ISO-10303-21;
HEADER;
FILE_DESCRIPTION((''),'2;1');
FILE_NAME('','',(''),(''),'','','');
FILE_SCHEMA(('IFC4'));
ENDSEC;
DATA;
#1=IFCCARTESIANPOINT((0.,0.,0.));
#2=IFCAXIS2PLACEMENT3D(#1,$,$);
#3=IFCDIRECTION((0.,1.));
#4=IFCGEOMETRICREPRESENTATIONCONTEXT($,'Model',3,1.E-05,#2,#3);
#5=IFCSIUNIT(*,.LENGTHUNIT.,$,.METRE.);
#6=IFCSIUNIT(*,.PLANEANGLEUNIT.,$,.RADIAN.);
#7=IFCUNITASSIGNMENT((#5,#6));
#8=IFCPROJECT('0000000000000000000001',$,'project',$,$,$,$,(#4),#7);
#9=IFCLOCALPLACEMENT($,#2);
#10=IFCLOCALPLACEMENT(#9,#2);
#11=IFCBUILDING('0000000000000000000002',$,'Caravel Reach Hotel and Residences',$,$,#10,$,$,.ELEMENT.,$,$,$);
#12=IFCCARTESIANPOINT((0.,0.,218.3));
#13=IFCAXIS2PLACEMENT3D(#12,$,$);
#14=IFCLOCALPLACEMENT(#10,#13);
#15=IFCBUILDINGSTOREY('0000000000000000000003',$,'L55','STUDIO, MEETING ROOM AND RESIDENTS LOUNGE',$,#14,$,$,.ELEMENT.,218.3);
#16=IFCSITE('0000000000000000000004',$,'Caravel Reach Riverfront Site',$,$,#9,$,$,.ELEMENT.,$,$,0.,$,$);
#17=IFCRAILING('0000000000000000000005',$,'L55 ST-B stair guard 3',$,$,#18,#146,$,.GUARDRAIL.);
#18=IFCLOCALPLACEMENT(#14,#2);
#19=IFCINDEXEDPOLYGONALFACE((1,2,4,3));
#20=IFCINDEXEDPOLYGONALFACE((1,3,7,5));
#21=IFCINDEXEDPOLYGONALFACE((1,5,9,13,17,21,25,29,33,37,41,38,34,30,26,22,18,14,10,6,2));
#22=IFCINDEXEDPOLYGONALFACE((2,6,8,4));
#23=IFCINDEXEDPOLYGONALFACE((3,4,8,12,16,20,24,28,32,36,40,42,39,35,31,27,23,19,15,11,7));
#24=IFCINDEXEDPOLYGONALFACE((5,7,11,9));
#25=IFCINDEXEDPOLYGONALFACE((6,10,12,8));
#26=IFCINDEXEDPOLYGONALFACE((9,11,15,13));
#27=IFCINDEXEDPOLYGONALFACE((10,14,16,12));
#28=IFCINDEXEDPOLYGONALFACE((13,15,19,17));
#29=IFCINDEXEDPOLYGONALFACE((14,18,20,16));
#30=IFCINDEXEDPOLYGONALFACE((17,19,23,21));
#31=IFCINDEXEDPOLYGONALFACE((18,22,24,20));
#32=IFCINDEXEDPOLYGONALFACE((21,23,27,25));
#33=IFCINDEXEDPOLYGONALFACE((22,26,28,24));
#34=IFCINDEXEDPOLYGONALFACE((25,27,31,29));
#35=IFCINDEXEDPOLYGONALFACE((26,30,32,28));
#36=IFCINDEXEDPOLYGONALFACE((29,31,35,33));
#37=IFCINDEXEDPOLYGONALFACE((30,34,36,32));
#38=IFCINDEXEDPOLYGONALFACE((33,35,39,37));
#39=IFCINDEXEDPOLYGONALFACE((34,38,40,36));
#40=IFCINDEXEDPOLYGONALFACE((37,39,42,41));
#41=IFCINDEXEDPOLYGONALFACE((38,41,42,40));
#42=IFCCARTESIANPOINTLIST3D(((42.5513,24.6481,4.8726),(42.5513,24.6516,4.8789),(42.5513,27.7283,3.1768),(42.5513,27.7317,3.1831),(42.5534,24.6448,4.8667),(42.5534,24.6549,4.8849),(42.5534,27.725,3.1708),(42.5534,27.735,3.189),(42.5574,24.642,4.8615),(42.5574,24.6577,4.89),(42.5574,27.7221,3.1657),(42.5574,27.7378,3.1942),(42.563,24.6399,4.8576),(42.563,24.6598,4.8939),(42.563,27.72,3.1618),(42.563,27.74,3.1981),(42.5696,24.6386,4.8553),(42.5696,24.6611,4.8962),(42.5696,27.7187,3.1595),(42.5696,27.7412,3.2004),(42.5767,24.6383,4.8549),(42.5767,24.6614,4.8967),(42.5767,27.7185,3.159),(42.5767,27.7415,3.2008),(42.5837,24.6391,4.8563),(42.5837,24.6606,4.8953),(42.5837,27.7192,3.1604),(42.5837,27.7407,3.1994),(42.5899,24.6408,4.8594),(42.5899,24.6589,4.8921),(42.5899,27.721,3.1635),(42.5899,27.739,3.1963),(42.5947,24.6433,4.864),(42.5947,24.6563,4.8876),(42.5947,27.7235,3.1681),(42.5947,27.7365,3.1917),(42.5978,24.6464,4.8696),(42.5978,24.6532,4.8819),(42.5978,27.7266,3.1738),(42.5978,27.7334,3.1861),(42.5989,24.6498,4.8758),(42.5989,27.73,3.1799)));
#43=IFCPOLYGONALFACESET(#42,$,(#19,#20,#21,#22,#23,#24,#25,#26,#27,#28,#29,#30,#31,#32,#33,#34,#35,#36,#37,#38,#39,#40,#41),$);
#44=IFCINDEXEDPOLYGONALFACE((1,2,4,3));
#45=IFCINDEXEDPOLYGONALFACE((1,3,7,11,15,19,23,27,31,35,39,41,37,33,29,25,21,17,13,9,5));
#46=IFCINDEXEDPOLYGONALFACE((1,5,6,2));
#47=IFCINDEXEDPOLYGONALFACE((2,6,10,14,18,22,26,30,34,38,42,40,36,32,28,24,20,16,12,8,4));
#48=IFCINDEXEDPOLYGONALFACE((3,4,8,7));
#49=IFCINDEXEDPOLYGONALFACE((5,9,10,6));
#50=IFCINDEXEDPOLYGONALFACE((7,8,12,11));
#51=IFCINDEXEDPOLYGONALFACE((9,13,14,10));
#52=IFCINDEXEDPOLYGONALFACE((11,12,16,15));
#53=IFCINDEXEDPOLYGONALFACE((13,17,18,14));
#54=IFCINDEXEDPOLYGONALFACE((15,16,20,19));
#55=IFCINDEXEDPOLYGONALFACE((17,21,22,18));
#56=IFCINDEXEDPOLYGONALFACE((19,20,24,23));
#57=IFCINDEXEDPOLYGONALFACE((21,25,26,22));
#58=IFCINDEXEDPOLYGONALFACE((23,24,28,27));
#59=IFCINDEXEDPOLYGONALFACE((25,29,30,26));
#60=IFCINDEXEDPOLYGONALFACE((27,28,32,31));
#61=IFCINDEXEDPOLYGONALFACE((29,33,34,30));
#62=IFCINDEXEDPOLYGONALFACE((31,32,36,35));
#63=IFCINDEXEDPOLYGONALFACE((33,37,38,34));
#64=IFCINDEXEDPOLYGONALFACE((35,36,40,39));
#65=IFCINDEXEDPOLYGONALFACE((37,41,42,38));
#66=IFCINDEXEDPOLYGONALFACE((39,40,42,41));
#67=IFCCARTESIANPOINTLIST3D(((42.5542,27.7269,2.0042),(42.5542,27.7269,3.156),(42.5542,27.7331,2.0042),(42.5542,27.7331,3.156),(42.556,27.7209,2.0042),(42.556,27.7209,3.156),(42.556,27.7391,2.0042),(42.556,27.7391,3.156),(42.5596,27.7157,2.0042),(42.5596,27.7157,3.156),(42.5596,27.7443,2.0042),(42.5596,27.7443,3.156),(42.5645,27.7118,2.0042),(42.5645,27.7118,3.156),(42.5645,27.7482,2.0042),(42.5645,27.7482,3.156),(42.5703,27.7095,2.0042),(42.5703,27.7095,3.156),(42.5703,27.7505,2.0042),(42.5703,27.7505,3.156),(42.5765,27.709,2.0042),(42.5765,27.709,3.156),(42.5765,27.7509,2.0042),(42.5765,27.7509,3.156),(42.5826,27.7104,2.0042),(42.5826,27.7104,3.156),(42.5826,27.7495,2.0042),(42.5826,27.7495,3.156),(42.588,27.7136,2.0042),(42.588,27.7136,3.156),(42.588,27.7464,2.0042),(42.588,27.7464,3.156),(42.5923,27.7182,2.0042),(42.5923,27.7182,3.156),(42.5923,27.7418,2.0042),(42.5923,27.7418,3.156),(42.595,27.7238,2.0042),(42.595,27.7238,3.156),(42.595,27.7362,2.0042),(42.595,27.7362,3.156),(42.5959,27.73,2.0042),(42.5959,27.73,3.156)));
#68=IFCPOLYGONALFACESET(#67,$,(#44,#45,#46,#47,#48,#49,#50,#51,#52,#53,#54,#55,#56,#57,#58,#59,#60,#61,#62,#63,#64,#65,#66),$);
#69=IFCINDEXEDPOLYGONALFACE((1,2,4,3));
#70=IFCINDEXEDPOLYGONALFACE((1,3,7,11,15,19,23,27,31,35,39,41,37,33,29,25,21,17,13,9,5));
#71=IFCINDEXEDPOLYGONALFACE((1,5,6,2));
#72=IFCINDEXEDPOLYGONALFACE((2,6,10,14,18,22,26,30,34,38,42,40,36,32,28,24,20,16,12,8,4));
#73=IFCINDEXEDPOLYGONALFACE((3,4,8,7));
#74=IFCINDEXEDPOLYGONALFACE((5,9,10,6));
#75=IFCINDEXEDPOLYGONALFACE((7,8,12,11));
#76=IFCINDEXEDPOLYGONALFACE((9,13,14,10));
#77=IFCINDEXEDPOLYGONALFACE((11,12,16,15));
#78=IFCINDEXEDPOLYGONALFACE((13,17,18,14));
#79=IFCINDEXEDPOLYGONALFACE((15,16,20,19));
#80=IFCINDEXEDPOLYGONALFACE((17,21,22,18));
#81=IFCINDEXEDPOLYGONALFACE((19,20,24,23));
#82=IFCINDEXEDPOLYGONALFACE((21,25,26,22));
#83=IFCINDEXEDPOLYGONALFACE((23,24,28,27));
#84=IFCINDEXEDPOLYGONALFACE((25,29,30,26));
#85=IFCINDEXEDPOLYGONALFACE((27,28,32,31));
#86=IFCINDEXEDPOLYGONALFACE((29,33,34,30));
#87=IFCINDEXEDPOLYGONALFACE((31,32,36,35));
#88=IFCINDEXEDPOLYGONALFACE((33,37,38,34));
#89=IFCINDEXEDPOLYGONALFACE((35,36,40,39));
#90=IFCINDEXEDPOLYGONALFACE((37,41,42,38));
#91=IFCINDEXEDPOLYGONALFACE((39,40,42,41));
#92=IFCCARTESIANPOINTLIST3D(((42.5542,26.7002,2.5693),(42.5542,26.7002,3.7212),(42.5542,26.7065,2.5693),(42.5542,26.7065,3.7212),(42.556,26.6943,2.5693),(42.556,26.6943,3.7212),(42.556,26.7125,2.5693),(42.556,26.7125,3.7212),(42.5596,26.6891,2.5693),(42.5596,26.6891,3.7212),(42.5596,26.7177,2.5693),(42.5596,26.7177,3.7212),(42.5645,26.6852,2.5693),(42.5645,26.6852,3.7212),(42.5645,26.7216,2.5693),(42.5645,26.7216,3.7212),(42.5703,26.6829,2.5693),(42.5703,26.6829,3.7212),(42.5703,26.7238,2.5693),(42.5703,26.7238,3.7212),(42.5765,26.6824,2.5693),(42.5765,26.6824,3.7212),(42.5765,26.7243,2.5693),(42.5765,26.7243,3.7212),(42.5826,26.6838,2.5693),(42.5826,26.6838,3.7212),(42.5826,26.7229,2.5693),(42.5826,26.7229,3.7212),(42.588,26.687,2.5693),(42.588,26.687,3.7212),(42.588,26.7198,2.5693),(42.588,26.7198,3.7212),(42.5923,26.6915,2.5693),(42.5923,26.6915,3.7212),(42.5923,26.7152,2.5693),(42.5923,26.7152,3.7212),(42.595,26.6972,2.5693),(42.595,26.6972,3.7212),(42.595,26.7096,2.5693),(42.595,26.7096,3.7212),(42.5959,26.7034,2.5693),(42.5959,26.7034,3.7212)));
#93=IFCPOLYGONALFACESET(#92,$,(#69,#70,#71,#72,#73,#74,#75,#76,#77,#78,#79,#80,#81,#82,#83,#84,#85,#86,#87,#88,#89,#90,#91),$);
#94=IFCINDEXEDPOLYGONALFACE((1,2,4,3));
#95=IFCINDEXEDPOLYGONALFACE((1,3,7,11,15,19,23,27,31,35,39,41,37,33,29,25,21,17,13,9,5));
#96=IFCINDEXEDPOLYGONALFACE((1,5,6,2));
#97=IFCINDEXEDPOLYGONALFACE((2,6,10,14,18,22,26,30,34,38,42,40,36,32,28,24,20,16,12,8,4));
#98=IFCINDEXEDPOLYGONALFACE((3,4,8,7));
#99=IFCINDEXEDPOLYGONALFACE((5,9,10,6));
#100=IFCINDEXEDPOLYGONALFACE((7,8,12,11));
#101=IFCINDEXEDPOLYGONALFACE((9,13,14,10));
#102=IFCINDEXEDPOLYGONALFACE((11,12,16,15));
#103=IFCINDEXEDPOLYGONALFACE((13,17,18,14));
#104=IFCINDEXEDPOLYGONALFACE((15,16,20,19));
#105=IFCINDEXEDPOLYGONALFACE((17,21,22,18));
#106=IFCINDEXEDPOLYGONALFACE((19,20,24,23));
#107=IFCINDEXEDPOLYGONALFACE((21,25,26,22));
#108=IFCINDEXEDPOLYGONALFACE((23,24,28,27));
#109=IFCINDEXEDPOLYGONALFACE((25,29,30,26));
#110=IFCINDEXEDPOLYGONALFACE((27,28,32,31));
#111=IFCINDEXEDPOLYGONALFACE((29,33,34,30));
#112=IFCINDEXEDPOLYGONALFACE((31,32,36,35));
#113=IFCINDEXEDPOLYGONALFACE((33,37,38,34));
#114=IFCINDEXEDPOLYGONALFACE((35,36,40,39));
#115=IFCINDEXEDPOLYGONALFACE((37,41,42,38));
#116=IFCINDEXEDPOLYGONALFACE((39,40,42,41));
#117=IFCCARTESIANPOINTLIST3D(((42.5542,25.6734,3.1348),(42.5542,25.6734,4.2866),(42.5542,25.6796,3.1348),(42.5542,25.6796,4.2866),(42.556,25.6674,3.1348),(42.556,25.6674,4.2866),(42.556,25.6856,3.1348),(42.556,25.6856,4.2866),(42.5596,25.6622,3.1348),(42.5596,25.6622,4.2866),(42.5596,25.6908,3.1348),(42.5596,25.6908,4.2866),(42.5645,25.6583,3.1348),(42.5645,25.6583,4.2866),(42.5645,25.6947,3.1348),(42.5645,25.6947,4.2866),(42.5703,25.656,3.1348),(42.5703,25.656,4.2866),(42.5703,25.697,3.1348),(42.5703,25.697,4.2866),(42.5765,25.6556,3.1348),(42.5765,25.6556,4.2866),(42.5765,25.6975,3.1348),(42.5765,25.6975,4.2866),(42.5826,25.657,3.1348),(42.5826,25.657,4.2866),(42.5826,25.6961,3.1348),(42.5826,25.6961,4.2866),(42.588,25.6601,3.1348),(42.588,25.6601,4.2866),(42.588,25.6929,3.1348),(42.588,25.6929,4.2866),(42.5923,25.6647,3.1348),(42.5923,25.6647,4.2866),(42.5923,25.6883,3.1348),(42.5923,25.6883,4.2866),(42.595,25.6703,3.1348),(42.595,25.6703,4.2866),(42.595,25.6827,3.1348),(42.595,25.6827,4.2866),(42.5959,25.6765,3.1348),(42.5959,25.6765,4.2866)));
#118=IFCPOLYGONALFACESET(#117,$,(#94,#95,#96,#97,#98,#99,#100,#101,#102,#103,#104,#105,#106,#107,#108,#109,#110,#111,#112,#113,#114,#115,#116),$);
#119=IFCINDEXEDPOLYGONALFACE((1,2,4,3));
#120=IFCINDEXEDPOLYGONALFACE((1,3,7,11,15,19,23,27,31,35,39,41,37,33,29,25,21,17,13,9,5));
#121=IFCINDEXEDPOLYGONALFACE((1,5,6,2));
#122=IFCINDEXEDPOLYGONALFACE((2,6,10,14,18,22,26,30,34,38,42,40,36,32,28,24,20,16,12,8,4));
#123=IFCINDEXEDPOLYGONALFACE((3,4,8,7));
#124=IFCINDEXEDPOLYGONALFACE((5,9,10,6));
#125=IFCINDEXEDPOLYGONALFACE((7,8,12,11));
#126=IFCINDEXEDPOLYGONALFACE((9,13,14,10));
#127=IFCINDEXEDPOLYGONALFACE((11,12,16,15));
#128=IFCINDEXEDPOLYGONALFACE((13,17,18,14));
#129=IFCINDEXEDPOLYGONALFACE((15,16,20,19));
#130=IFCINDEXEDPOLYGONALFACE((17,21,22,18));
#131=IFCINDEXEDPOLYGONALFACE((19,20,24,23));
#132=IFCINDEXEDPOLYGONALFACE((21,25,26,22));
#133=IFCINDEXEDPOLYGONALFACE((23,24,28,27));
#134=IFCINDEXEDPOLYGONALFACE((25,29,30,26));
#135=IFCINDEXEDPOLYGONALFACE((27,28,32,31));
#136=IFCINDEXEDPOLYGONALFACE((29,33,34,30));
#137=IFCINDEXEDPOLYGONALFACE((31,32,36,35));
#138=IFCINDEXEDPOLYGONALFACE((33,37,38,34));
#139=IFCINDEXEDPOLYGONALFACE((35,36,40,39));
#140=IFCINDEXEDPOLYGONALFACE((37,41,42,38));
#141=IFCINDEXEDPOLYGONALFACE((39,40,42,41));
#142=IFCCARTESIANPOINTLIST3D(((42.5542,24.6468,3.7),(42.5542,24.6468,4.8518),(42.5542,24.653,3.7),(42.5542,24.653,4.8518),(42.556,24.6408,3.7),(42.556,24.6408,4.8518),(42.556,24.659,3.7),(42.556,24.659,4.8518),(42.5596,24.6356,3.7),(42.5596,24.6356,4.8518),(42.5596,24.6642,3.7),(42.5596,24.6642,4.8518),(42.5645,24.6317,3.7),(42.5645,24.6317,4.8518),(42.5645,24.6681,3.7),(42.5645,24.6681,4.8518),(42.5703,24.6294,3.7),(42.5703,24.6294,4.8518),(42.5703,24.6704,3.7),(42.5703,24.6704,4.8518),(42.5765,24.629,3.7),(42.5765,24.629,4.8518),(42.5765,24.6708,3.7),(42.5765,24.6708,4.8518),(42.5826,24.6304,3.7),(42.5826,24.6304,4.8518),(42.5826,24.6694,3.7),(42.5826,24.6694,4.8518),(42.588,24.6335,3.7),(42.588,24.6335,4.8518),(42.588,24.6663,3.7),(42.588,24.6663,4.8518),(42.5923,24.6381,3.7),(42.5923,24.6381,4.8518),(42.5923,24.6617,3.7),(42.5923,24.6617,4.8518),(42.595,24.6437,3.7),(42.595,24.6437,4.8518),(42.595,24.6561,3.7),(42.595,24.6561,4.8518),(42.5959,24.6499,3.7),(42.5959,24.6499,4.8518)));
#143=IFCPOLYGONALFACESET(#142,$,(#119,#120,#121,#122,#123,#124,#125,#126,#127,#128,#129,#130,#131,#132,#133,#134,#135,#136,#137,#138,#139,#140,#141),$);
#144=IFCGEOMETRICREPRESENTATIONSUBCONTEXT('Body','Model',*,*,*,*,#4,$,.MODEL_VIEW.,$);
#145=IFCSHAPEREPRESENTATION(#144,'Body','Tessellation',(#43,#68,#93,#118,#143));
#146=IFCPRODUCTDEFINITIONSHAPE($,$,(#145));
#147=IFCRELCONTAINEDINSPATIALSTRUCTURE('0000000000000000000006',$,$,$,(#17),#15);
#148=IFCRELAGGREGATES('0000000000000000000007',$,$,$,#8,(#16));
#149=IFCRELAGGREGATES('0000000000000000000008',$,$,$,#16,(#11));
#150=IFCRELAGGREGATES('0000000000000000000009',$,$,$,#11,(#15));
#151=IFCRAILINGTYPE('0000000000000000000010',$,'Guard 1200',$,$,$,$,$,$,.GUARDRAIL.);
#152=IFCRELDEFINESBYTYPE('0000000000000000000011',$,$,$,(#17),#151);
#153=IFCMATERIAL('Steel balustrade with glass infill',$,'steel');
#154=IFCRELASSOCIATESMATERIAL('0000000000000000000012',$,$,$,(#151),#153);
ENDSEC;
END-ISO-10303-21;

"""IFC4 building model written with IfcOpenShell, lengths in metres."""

from ifc_helpers import new_model, si_unit, direction, frame, origin, origin_2d, place, context, subcontext, project, spatial, circle, extrude, material, type_object, element, save


model = new_model("IFC4")

# Units and contexts
model_context = context("Model", 3, precision=1e-05, world=origin(), true_north=direction((0.0, 1.0)))
body_context = subcontext(model_context, "Body", "Model", "MODEL_VIEW")
ifc_project = project(units=[si_unit("LENGTHUNIT", "METRE"), si_unit("PLANEANGLEUNIT", "RADIAN")], contexts=[model_context])

# Site, building, storey
site_placement = place(None, origin())
site = spatial("IfcSite", under=ifc_project, at=site_placement, Name="Caravel Reach Riverfront Site", CompositionType="ELEMENT", RefElevation=0.0)
building_placement = place(site_placement, origin())
building = spatial("IfcBuilding", under=site, at=building_placement, Name="Caravel Reach Hotel and Residences", CompositionType="ELEMENT")
storey_placement = place(building_placement, frame((0.0, 0.0, 218.3)))
storey = spatial("IfcBuildingStorey", under=building, at=storey_placement, Name="L55", Description="STUDIO, MEETING ROOM AND RESIDENTS LOUNGE", CompositionType="ELEMENT", Elevation=218.3)

# Railing
ifc_material_1 = material(Name="Steel balustrade with glass infill", Category="steel")
railing_type_1 = type_object("IfcRailingType", Name="Guard 1200", PredefinedType="GUARDRAIL", material=ifc_material_1)
railing_1_placement = place(storey_placement, frame((42.575, 27.73, 2.0042)))
element("IfcRailing", 1, at=railing_1_placement, inside=storey, type_object=railing_type_1, Name="L55 ST-B stair guard 3", PredefinedType="GUARDRAIL", context=body_context, shape_type="SweptSolid", body=[
    extrude(circle(Radius=0.0239, at=origin_2d()), frame((0.0, 0.0, 1.1758), z_axis=(0.0, -0.876005, 0.482303), x_axis=(1.0, 0.0, 0.0)), (0.0, 0.0, 1.0), 3.5161),
    extrude(circle(Radius=0.021, at=origin_2d()), origin(), (0.0, 0.0, 1.0), 1.1519),
    extrude(circle(Radius=0.021, at=origin_2d()), frame((0.0, -1.0266, 0.5652)), (0.0, 0.0, 1.0), 1.1519),
    extrude(circle(Radius=0.021, at=origin_2d()), frame((0.0, -2.0535, 1.1306)), (0.0, 0.0, 1.0), 1.1519),
    extrude(circle(Radius=0.021, at=origin_2d()), frame((0.0, -3.0801, 1.6958)), (0.0, 0.0, 1.0), 1.1519),
])

save(model, "model.ifc")
